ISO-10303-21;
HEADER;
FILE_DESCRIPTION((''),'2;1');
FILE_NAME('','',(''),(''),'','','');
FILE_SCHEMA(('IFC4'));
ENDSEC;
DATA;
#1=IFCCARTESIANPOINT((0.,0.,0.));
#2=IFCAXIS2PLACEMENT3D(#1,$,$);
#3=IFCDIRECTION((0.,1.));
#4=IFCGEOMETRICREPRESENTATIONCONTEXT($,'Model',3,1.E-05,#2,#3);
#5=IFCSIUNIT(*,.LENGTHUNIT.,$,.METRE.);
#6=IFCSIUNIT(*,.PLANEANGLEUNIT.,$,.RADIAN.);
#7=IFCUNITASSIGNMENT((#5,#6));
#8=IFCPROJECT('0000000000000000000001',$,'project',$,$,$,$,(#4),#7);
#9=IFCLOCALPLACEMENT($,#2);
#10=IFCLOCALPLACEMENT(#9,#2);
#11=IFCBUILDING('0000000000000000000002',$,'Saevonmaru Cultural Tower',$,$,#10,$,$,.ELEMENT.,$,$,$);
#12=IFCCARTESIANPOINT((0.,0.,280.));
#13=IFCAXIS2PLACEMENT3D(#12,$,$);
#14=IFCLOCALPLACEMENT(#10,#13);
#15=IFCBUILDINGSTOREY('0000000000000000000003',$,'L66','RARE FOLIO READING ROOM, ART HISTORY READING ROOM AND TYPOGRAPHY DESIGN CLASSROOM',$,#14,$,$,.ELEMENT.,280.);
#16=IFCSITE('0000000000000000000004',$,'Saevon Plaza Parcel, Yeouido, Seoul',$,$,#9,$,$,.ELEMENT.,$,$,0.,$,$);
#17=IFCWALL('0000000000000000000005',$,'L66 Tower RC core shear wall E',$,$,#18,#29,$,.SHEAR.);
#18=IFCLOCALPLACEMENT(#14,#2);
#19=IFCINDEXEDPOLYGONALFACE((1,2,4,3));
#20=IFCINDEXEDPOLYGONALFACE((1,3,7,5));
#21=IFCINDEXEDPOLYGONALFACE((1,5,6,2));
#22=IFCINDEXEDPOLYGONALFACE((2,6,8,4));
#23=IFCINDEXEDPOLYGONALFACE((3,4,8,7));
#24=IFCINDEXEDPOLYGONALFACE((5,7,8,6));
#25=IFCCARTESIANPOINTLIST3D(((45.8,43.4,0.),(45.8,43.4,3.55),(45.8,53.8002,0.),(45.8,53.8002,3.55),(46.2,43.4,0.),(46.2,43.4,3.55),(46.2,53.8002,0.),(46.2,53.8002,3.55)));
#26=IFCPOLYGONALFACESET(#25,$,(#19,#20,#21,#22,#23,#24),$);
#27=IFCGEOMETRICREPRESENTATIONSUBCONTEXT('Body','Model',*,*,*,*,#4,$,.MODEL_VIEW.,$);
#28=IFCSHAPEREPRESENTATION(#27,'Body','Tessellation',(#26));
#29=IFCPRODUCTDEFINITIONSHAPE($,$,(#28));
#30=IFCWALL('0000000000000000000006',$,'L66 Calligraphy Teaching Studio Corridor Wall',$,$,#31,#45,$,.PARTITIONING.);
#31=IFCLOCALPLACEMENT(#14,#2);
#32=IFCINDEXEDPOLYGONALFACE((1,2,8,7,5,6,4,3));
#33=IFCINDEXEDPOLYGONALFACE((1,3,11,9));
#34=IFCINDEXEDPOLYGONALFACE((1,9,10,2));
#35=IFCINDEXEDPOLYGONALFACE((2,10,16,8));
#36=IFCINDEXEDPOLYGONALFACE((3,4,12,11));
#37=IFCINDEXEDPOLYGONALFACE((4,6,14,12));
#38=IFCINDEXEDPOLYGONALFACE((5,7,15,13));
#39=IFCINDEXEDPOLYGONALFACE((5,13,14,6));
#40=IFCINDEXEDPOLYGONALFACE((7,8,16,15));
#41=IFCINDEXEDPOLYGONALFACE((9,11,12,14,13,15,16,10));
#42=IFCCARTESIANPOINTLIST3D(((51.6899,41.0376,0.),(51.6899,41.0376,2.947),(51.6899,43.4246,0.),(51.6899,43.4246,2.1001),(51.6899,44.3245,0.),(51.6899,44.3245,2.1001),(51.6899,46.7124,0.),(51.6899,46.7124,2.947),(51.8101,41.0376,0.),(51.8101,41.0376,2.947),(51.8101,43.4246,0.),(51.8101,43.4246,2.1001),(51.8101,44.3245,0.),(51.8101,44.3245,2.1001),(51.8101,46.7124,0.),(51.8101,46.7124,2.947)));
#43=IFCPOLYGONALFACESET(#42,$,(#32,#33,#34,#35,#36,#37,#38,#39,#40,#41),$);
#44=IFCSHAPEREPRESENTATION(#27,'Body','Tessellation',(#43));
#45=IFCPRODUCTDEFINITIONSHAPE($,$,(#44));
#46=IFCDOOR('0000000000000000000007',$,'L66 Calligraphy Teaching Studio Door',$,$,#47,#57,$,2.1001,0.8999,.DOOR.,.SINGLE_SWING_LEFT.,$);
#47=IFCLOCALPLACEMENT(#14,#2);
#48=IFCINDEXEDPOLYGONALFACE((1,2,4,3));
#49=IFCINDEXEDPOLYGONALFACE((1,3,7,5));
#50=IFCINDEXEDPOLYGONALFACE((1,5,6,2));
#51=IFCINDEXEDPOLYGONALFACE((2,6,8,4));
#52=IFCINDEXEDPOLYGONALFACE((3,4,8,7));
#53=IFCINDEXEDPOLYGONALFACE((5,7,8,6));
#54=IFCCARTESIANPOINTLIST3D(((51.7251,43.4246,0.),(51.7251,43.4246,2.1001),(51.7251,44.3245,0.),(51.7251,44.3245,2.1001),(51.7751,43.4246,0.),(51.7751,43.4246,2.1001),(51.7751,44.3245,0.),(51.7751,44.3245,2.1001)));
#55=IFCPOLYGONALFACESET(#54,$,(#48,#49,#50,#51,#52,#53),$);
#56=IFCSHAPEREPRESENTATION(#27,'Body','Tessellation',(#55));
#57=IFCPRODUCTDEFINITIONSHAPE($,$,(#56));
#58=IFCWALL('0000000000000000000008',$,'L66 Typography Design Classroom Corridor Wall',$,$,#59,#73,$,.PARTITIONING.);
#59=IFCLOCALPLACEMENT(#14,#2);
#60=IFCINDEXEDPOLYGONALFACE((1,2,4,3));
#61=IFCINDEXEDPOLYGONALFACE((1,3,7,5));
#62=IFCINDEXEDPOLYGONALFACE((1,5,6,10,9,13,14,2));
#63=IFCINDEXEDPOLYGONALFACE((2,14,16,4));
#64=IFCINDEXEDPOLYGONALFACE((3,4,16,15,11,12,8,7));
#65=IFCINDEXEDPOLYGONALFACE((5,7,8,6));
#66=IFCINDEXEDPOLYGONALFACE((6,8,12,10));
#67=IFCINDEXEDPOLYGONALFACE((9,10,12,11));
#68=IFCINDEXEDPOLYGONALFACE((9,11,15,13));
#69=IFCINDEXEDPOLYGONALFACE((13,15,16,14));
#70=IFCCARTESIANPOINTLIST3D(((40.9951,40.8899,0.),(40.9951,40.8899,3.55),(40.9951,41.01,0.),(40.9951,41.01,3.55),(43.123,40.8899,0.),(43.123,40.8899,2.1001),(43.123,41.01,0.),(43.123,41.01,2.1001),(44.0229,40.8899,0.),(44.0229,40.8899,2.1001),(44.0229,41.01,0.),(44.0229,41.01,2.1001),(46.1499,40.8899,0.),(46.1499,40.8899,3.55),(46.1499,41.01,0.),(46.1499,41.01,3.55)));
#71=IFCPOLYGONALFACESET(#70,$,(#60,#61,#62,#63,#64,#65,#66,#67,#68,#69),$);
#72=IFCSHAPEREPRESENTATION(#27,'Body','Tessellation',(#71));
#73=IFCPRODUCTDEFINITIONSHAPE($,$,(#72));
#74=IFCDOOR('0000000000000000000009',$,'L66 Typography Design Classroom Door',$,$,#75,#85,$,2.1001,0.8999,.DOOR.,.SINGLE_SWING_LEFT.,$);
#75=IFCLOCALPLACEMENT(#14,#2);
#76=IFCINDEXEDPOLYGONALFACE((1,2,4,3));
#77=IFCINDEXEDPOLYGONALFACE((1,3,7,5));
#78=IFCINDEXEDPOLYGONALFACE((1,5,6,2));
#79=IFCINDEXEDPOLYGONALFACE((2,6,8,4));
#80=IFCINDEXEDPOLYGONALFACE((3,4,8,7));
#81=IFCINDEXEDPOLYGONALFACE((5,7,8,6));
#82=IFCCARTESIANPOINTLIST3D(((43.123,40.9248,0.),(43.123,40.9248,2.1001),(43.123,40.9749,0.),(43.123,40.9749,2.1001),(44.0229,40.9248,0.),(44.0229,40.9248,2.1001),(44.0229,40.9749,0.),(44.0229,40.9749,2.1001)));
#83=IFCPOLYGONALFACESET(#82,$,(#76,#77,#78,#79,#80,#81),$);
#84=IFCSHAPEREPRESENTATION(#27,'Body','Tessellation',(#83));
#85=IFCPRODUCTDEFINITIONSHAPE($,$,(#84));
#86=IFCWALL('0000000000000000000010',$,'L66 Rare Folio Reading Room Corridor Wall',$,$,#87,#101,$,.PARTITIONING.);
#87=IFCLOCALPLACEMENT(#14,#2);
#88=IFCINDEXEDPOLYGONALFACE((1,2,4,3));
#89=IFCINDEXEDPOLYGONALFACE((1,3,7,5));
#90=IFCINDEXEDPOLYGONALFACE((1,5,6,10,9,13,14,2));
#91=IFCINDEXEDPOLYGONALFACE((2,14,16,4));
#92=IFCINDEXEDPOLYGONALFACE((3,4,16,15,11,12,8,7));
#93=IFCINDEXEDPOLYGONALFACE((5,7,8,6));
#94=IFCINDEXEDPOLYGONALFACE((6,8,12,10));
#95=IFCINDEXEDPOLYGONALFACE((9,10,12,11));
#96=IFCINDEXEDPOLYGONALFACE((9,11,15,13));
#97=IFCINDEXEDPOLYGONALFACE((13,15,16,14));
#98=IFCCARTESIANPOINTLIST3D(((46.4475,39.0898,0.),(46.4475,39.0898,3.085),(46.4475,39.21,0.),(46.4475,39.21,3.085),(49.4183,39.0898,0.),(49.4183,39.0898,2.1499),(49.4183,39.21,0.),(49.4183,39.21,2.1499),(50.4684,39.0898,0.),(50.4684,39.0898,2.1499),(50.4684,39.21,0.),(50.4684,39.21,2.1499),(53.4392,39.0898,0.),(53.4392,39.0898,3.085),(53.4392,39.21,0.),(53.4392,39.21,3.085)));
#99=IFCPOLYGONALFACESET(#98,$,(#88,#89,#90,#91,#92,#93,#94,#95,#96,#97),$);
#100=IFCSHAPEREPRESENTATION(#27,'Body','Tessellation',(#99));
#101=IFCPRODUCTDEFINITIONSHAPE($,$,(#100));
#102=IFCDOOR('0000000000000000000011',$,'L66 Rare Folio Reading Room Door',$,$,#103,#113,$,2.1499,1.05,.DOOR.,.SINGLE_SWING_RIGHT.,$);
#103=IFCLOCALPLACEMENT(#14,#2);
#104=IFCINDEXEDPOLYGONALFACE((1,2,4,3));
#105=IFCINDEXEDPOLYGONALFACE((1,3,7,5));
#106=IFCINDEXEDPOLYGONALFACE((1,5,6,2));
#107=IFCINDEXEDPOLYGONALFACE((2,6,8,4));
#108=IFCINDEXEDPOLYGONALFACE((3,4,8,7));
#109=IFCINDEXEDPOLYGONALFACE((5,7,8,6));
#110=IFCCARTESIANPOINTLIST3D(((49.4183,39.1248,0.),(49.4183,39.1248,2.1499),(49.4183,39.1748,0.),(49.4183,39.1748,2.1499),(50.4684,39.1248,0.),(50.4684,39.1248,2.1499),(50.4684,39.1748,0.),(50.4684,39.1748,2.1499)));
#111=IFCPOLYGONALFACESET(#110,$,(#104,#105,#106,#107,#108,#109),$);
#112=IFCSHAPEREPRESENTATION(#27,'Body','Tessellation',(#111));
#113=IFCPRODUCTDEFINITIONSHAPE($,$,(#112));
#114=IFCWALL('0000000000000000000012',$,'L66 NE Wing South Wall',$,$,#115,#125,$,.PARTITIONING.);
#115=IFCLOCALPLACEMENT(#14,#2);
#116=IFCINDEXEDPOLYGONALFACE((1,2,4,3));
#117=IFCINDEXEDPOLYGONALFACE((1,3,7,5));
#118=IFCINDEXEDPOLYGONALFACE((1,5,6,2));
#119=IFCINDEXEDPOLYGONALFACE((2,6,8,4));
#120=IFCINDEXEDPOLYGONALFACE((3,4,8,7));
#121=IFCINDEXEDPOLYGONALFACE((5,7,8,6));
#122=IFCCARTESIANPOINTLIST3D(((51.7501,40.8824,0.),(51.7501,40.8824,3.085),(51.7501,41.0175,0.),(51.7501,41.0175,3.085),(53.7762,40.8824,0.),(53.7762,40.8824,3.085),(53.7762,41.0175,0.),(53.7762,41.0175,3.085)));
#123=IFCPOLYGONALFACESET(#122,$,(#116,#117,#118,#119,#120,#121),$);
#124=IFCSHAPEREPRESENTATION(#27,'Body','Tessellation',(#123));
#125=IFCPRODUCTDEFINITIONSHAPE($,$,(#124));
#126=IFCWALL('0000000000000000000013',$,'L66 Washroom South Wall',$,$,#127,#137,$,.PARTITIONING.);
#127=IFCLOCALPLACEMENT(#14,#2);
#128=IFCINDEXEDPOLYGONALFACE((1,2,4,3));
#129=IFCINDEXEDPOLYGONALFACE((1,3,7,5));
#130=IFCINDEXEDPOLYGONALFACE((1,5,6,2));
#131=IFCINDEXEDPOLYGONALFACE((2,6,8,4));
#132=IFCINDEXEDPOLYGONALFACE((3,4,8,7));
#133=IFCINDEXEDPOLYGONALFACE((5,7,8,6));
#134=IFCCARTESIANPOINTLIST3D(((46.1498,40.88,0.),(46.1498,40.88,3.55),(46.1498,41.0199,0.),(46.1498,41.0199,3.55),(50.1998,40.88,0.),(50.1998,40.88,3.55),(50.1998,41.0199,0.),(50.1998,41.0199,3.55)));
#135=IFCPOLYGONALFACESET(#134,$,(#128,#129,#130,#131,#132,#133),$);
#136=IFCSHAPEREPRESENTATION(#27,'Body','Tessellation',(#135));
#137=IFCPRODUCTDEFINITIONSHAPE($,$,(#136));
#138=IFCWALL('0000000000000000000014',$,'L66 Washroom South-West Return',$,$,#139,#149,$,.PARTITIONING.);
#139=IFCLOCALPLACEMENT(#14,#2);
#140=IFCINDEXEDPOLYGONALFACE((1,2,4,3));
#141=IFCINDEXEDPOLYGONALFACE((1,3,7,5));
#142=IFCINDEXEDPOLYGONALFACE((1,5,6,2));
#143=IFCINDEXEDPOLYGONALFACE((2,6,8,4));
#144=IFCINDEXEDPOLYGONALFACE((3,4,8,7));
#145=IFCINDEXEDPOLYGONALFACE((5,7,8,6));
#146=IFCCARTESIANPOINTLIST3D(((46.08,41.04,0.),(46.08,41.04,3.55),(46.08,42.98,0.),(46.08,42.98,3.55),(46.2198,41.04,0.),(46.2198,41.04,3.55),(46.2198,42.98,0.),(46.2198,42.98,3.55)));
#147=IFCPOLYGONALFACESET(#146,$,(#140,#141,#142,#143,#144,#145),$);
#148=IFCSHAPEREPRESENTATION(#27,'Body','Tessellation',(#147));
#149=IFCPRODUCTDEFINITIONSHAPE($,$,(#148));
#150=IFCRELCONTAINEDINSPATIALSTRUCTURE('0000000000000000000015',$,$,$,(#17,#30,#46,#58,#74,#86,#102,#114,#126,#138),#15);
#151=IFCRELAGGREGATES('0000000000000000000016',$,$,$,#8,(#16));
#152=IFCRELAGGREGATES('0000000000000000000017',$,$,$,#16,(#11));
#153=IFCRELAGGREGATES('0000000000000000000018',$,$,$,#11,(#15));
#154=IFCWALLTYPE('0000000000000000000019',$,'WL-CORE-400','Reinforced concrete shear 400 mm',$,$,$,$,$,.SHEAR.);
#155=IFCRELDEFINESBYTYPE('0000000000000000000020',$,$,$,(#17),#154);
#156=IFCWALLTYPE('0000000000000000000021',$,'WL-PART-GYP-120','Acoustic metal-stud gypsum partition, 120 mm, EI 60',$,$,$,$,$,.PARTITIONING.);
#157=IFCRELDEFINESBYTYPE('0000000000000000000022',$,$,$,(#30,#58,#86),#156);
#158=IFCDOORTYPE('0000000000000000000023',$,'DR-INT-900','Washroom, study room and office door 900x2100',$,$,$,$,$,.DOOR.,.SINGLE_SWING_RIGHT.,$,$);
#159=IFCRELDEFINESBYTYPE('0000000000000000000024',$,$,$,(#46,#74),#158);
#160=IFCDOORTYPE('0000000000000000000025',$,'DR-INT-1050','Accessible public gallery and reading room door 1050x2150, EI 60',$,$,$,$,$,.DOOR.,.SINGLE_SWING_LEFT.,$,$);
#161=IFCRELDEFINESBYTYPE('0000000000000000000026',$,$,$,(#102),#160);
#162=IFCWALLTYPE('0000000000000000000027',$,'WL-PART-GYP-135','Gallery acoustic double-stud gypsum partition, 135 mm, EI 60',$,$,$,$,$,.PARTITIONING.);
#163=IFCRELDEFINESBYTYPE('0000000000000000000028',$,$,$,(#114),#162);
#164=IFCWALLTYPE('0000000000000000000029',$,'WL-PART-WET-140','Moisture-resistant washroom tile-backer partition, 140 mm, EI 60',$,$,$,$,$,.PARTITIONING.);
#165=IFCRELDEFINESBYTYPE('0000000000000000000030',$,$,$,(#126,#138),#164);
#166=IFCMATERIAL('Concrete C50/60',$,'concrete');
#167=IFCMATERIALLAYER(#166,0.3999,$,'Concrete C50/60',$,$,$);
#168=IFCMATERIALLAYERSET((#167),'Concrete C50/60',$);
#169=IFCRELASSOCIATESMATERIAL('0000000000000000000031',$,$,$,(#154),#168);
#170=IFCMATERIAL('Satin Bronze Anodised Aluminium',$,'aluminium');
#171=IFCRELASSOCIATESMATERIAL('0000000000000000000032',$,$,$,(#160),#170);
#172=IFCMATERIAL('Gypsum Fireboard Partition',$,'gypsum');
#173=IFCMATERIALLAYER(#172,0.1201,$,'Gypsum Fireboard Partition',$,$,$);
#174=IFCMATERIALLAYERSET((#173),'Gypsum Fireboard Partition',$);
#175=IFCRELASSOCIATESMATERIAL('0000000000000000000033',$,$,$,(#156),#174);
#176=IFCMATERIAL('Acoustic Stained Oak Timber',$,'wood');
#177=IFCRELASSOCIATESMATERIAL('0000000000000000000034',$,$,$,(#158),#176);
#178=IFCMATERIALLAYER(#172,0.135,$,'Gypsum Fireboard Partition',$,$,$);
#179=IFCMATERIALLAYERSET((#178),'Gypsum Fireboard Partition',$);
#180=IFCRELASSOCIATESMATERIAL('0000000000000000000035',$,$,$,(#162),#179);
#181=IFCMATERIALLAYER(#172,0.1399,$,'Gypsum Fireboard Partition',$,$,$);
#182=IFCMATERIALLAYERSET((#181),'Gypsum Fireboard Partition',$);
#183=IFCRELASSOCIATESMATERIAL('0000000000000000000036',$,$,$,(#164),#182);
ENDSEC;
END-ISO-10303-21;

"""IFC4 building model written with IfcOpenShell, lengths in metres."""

from ifc_helpers import new_model, si_unit, direction, frame, frame_2d, origin, place, context, subcontext, project, spatial, rectangle, extrude, material, layer, layer_set, type_object, element, fill, save


model = new_model("IFC4")

# Units and contexts
model_context = context("Model", 3, precision=1e-05, world=origin(), true_north=direction((0.0, 1.0)))
body_context = subcontext(model_context, "Body", "Model", "MODEL_VIEW")
ifc_project = project(units=[si_unit("LENGTHUNIT", "METRE"), si_unit("PLANEANGLEUNIT", "RADIAN")], contexts=[model_context])

# Site, building, storey
site_placement = place(None, origin())
site = spatial("IfcSite", under=ifc_project, at=site_placement, Name="Saevon Plaza Parcel, Yeouido, Seoul", CompositionType="ELEMENT", RefElevation=0.0)
building_placement = place(site_placement, origin())
building = spatial("IfcBuilding", under=site, at=building_placement, Name="Saevonmaru Cultural Tower", CompositionType="ELEMENT")
storey_placement = place(building_placement, frame((0.0, 0.0, 280.0)))
storey = spatial("IfcBuildingStorey", under=building, at=storey_placement, Name="L66", Description="RARE FOLIO READING ROOM, ART HISTORY READING ROOM AND TYPOGRAPHY DESIGN CLASSROOM", CompositionType="ELEMENT", Elevation=280.0)

# Shared definitions
ifc_material_1 = material(Name="Satin Bronze Anodised Aluminium", Category="aluminium")

# Wall
ifc_material_2 = material(Name="Concrete C50/60", Category="concrete")
ifc_layer_1 = layer(ifc_material_2, 0.3999, Name="Concrete C50/60")
ifc_layer_set_1 = layer_set([ifc_layer_1], Name="Concrete C50/60")
wall_type_1 = type_object("IfcWallType", Name="WL-CORE-400", Description="Reinforced concrete shear 400 mm", PredefinedType="SHEAR", material=ifc_layer_set_1)
wall_1_placement = place(storey_placement, frame((46.0, 43.3999, 0.0), z_axis=(0.0, 0.0, 1.0), x_axis=(0.0, 1.0, 0.0)))
element("IfcWall", 1, at=wall_1_placement, inside=storey, type_object=wall_type_1, Name="L66 Tower RC core shear wall E", PredefinedType="SHEAR", context=body_context, shape_type="SweptSolid", body=[
    extrude(rectangle(XDim=10.4001, YDim=0.3999, at=frame_2d((5.2002, 0.0))), origin(), (0.0, 0.0, 1.0), 3.55),
])

# Walls, openings, doors
ifc_material_3 = material(Name="Gypsum Fireboard Partition", Category="gypsum")
door_type_1 = type_object("IfcDoorType", Name="DR-INT-1050", Description="Accessible public gallery and reading room door 1050x2150, EI 60", OperationType="SINGLE_SWING_LEFT", PredefinedType="DOOR", material=ifc_material_1)
ifc_layer_2 = layer(ifc_material_3, 0.1201, Name="Gypsum Fireboard Partition")
ifc_layer_set_2 = layer_set([ifc_layer_2], Name="Gypsum Fireboard Partition")
wall_type_2 = type_object("IfcWallType", Name="WL-PART-GYP-120", Description="Acoustic metal-stud gypsum partition, 120 mm, EI 60", PredefinedType="PARTITIONING", material=ifc_layer_set_2)
wall_2_placement = place(storey_placement, frame((51.75, 41.0376, 0.0), z_axis=(0.0, 0.0, 1.0), x_axis=(0.0, 1.0, 0.0)))
wall_2 = element("IfcWall", 2, at=wall_2_placement, inside=storey, type_object=wall_type_2, Name="L66 Calligraphy Teaching Studio Corridor Wall", PredefinedType="PARTITIONING", context=body_context, shape_type="SweptSolid", body=[
    extrude(rectangle(XDim=5.6748, YDim=0.1201, at=frame_2d((2.8374, 0.0))), origin(), (0.0, 0.0, 1.0), 2.947),
])
opening_1_placement = place(wall_2_placement, frame((2.387, 0.0, 0.0)))
opening_1 = element("IfcOpeningElement", 3, at=opening_1_placement, cuts=wall_2, PredefinedType="OPENING", context=body_context, shape_type="SweptSolid", body=[
    extrude(rectangle(XDim=0.8999, YDim=2.1001, at=frame_2d((0.45, 1.05))), frame((0.0, 0.0701, 0.0), z_axis=(0.0, -1.0, 0.0), x_axis=(1.0, 0.0, 0.0)), (0.0, 0.0, 1.0), 0.1401),
])
ifc_material_4 = material(Name="Acoustic Stained Oak Timber", Category="wood")
door_type_2 = type_object("IfcDoorType", Name="DR-INT-900", Description="Washroom, study room and office door 900x2100", OperationType="SINGLE_SWING_RIGHT", PredefinedType="DOOR", material=ifc_material_4)
door_1_placement = place(opening_1_placement, origin())
door_1 = element("IfcDoor", 4, at=door_1_placement, inside=storey, type_object=door_type_2, Name="L66 Calligraphy Teaching Studio Door", OperationType="SINGLE_SWING_LEFT", OverallHeight=2.1001, OverallWidth=0.8999, PredefinedType="DOOR", context=body_context, shape_type="SweptSolid", body=[
    extrude(rectangle(XDim=0.8999, YDim=2.1001, at=frame_2d((0.45, 1.05))), frame((0.0, 0.0249, 0.0), z_axis=(0.0, -1.0, 0.0), x_axis=(1.0, 0.0, 0.0)), (0.0, 0.0, 1.0), 0.05),
])
fill(opening_1, door_1)
wall_3_placement = place(storey_placement, frame((40.9951, 40.95, 0.0), z_axis=(0.0, 0.0, 1.0), x_axis=(1.0, 0.0, 0.0)))
wall_3 = element("IfcWall", 5, at=wall_3_placement, inside=storey, type_object=wall_type_2, Name="L66 Typography Design Classroom Corridor Wall", PredefinedType="PARTITIONING", context=body_context, shape_type="SweptSolid", body=[
    extrude(rectangle(XDim=5.1548, YDim=0.1201, at=frame_2d((2.5774, 0.0))), origin(), (0.0, 0.0, 1.0), 3.55),
])
opening_2_placement = place(wall_3_placement, frame((2.1279, 0.0, 0.0)))
opening_2 = element("IfcOpeningElement", 6, at=opening_2_placement, cuts=wall_3, PredefinedType="OPENING", context=body_context, shape_type="SweptSolid", body=[
    extrude(rectangle(XDim=0.8999, YDim=2.1001, at=frame_2d((0.45, 1.05))), frame((0.0, 0.0701, 0.0), z_axis=(0.0, -1.0, 0.0), x_axis=(1.0, 0.0, 0.0)), (0.0, 0.0, 1.0), 0.1401),
])
door_2_placement = place(opening_2_placement, origin())
door_2 = element("IfcDoor", 7, at=door_2_placement, inside=storey, type_object=door_type_2, Name="L66 Typography Design Classroom Door", OperationType="SINGLE_SWING_LEFT", OverallHeight=2.1001, OverallWidth=0.8999, PredefinedType="DOOR", context=body_context, shape_type="SweptSolid", body=[
    extrude(rectangle(XDim=0.8999, YDim=2.1001, at=frame_2d((0.45, 1.05))), frame((0.0, 0.0249, 0.0), z_axis=(0.0, -1.0, 0.0), x_axis=(1.0, 0.0, 0.0)), (0.0, 0.0, 1.0), 0.05),
])
fill(opening_2, door_2)
wall_4_placement = place(storey_placement, frame((46.4475, 39.1499, 0.0), z_axis=(0.0, 0.0, 1.0), x_axis=(1.0, 0.0, 0.0)))
wall_4 = element("IfcWall", 8, at=wall_4_placement, inside=storey, type_object=wall_type_2, Name="L66 Rare Folio Reading Room Corridor Wall", PredefinedType="PARTITIONING", context=body_context, shape_type="SweptSolid", body=[
    extrude(rectangle(XDim=6.9917, YDim=0.1201, at=frame_2d((3.4958, 0.0))), origin(), (0.0, 0.0, 1.0), 3.085),
])
opening_3_placement = place(wall_4_placement, frame((2.9709, 0.0, 0.0)))
opening_3 = element("IfcOpeningElement", 9, at=opening_3_placement, cuts=wall_4, PredefinedType="OPENING", context=body_context, shape_type="SweptSolid", body=[
    extrude(rectangle(XDim=1.05, YDim=2.1499, at=frame_2d((0.5249, 1.075))), frame((0.0, 0.0701, 0.0), z_axis=(0.0, -1.0, 0.0), x_axis=(1.0, 0.0, 0.0)), (0.0, 0.0, 1.0), 0.1401),
])
door_3_placement = place(opening_3_placement, origin())
door_3 = element("IfcDoor", 10, at=door_3_placement, inside=storey, type_object=door_type_1, Name="L66 Rare Folio Reading Room Door", OperationType="SINGLE_SWING_RIGHT", OverallHeight=2.1499, OverallWidth=1.05, PredefinedType="DOOR", context=body_context, shape_type="SweptSolid", body=[
    extrude(rectangle(XDim=1.05, YDim=2.1499, at=frame_2d((0.5249, 1.075))), frame((0.0, 0.0249, 0.0), z_axis=(0.0, -1.0, 0.0), x_axis=(1.0, 0.0, 0.0)), (0.0, 0.0, 1.0), 0.05),
])
fill(opening_3, door_3)

# Walls
ifc_layer_3 = layer(ifc_material_3, 0.135, Name="Gypsum Fireboard Partition")
ifc_layer_set_3 = layer_set([ifc_layer_3], Name="Gypsum Fireboard Partition")
wall_type_3 = type_object("IfcWallType", Name="WL-PART-GYP-135", Description="Gallery acoustic double-stud gypsum partition, 135 mm, EI 60", PredefinedType="PARTITIONING", material=ifc_layer_set_3)
wall_5_placement = place(storey_placement, frame((51.75, 40.95, 0.0), z_axis=(0.0, 0.0, 1.0), x_axis=(1.0, 0.0, 0.0)))
element("IfcWall", 11, at=wall_5_placement, inside=storey, type_object=wall_type_3, Name="L66 NE Wing South Wall", PredefinedType="PARTITIONING", context=body_context, shape_type="SweptSolid", body=[
    extrude(rectangle(XDim=2.0261, YDim=0.135, at=frame_2d((1.0132, 0.0))), origin(), (0.0, 0.0, 1.0), 3.085),
])
ifc_layer_4 = layer(ifc_material_3, 0.1399, Name="Gypsum Fireboard Partition")
ifc_layer_set_4 = layer_set([ifc_layer_4], Name="Gypsum Fireboard Partition")
wall_type_4 = type_object("IfcWallType", Name="WL-PART-WET-140", Description="Moisture-resistant washroom tile-backer partition, 140 mm, EI 60", PredefinedType="PARTITIONING", material=ifc_layer_set_4)
wall_6_placement = place(storey_placement, frame((46.1499, 40.95, 0.0), z_axis=(0.0, 0.0, 1.0), x_axis=(1.0, 0.0, 0.0)))
element("IfcWall", 12, at=wall_6_placement, inside=storey, type_object=wall_type_4, Name="L66 Washroom South Wall", PredefinedType="PARTITIONING", context=body_context, shape_type="SweptSolid", body=[
    extrude(rectangle(XDim=4.05, YDim=0.1399, at=frame_2d((2.0249, 0.0))), origin(), (0.0, 0.0, 1.0), 3.55),
])
wall_7_placement = place(storey_placement, frame((46.1499, 41.04, 0.0), z_axis=(0.0, 0.0, 1.0), x_axis=(0.0, 1.0, 0.0)))
element("IfcWall", 13, at=wall_7_placement, inside=storey, type_object=wall_type_4, Name="L66 Washroom South-West Return", PredefinedType="PARTITIONING", context=body_context, shape_type="SweptSolid", body=[
    extrude(rectangle(XDim=1.9399, YDim=0.1399, at=frame_2d((0.97, 0.0))), origin(), (0.0, 0.0, 1.0), 3.55),
])

save(model, "model.ifc")
